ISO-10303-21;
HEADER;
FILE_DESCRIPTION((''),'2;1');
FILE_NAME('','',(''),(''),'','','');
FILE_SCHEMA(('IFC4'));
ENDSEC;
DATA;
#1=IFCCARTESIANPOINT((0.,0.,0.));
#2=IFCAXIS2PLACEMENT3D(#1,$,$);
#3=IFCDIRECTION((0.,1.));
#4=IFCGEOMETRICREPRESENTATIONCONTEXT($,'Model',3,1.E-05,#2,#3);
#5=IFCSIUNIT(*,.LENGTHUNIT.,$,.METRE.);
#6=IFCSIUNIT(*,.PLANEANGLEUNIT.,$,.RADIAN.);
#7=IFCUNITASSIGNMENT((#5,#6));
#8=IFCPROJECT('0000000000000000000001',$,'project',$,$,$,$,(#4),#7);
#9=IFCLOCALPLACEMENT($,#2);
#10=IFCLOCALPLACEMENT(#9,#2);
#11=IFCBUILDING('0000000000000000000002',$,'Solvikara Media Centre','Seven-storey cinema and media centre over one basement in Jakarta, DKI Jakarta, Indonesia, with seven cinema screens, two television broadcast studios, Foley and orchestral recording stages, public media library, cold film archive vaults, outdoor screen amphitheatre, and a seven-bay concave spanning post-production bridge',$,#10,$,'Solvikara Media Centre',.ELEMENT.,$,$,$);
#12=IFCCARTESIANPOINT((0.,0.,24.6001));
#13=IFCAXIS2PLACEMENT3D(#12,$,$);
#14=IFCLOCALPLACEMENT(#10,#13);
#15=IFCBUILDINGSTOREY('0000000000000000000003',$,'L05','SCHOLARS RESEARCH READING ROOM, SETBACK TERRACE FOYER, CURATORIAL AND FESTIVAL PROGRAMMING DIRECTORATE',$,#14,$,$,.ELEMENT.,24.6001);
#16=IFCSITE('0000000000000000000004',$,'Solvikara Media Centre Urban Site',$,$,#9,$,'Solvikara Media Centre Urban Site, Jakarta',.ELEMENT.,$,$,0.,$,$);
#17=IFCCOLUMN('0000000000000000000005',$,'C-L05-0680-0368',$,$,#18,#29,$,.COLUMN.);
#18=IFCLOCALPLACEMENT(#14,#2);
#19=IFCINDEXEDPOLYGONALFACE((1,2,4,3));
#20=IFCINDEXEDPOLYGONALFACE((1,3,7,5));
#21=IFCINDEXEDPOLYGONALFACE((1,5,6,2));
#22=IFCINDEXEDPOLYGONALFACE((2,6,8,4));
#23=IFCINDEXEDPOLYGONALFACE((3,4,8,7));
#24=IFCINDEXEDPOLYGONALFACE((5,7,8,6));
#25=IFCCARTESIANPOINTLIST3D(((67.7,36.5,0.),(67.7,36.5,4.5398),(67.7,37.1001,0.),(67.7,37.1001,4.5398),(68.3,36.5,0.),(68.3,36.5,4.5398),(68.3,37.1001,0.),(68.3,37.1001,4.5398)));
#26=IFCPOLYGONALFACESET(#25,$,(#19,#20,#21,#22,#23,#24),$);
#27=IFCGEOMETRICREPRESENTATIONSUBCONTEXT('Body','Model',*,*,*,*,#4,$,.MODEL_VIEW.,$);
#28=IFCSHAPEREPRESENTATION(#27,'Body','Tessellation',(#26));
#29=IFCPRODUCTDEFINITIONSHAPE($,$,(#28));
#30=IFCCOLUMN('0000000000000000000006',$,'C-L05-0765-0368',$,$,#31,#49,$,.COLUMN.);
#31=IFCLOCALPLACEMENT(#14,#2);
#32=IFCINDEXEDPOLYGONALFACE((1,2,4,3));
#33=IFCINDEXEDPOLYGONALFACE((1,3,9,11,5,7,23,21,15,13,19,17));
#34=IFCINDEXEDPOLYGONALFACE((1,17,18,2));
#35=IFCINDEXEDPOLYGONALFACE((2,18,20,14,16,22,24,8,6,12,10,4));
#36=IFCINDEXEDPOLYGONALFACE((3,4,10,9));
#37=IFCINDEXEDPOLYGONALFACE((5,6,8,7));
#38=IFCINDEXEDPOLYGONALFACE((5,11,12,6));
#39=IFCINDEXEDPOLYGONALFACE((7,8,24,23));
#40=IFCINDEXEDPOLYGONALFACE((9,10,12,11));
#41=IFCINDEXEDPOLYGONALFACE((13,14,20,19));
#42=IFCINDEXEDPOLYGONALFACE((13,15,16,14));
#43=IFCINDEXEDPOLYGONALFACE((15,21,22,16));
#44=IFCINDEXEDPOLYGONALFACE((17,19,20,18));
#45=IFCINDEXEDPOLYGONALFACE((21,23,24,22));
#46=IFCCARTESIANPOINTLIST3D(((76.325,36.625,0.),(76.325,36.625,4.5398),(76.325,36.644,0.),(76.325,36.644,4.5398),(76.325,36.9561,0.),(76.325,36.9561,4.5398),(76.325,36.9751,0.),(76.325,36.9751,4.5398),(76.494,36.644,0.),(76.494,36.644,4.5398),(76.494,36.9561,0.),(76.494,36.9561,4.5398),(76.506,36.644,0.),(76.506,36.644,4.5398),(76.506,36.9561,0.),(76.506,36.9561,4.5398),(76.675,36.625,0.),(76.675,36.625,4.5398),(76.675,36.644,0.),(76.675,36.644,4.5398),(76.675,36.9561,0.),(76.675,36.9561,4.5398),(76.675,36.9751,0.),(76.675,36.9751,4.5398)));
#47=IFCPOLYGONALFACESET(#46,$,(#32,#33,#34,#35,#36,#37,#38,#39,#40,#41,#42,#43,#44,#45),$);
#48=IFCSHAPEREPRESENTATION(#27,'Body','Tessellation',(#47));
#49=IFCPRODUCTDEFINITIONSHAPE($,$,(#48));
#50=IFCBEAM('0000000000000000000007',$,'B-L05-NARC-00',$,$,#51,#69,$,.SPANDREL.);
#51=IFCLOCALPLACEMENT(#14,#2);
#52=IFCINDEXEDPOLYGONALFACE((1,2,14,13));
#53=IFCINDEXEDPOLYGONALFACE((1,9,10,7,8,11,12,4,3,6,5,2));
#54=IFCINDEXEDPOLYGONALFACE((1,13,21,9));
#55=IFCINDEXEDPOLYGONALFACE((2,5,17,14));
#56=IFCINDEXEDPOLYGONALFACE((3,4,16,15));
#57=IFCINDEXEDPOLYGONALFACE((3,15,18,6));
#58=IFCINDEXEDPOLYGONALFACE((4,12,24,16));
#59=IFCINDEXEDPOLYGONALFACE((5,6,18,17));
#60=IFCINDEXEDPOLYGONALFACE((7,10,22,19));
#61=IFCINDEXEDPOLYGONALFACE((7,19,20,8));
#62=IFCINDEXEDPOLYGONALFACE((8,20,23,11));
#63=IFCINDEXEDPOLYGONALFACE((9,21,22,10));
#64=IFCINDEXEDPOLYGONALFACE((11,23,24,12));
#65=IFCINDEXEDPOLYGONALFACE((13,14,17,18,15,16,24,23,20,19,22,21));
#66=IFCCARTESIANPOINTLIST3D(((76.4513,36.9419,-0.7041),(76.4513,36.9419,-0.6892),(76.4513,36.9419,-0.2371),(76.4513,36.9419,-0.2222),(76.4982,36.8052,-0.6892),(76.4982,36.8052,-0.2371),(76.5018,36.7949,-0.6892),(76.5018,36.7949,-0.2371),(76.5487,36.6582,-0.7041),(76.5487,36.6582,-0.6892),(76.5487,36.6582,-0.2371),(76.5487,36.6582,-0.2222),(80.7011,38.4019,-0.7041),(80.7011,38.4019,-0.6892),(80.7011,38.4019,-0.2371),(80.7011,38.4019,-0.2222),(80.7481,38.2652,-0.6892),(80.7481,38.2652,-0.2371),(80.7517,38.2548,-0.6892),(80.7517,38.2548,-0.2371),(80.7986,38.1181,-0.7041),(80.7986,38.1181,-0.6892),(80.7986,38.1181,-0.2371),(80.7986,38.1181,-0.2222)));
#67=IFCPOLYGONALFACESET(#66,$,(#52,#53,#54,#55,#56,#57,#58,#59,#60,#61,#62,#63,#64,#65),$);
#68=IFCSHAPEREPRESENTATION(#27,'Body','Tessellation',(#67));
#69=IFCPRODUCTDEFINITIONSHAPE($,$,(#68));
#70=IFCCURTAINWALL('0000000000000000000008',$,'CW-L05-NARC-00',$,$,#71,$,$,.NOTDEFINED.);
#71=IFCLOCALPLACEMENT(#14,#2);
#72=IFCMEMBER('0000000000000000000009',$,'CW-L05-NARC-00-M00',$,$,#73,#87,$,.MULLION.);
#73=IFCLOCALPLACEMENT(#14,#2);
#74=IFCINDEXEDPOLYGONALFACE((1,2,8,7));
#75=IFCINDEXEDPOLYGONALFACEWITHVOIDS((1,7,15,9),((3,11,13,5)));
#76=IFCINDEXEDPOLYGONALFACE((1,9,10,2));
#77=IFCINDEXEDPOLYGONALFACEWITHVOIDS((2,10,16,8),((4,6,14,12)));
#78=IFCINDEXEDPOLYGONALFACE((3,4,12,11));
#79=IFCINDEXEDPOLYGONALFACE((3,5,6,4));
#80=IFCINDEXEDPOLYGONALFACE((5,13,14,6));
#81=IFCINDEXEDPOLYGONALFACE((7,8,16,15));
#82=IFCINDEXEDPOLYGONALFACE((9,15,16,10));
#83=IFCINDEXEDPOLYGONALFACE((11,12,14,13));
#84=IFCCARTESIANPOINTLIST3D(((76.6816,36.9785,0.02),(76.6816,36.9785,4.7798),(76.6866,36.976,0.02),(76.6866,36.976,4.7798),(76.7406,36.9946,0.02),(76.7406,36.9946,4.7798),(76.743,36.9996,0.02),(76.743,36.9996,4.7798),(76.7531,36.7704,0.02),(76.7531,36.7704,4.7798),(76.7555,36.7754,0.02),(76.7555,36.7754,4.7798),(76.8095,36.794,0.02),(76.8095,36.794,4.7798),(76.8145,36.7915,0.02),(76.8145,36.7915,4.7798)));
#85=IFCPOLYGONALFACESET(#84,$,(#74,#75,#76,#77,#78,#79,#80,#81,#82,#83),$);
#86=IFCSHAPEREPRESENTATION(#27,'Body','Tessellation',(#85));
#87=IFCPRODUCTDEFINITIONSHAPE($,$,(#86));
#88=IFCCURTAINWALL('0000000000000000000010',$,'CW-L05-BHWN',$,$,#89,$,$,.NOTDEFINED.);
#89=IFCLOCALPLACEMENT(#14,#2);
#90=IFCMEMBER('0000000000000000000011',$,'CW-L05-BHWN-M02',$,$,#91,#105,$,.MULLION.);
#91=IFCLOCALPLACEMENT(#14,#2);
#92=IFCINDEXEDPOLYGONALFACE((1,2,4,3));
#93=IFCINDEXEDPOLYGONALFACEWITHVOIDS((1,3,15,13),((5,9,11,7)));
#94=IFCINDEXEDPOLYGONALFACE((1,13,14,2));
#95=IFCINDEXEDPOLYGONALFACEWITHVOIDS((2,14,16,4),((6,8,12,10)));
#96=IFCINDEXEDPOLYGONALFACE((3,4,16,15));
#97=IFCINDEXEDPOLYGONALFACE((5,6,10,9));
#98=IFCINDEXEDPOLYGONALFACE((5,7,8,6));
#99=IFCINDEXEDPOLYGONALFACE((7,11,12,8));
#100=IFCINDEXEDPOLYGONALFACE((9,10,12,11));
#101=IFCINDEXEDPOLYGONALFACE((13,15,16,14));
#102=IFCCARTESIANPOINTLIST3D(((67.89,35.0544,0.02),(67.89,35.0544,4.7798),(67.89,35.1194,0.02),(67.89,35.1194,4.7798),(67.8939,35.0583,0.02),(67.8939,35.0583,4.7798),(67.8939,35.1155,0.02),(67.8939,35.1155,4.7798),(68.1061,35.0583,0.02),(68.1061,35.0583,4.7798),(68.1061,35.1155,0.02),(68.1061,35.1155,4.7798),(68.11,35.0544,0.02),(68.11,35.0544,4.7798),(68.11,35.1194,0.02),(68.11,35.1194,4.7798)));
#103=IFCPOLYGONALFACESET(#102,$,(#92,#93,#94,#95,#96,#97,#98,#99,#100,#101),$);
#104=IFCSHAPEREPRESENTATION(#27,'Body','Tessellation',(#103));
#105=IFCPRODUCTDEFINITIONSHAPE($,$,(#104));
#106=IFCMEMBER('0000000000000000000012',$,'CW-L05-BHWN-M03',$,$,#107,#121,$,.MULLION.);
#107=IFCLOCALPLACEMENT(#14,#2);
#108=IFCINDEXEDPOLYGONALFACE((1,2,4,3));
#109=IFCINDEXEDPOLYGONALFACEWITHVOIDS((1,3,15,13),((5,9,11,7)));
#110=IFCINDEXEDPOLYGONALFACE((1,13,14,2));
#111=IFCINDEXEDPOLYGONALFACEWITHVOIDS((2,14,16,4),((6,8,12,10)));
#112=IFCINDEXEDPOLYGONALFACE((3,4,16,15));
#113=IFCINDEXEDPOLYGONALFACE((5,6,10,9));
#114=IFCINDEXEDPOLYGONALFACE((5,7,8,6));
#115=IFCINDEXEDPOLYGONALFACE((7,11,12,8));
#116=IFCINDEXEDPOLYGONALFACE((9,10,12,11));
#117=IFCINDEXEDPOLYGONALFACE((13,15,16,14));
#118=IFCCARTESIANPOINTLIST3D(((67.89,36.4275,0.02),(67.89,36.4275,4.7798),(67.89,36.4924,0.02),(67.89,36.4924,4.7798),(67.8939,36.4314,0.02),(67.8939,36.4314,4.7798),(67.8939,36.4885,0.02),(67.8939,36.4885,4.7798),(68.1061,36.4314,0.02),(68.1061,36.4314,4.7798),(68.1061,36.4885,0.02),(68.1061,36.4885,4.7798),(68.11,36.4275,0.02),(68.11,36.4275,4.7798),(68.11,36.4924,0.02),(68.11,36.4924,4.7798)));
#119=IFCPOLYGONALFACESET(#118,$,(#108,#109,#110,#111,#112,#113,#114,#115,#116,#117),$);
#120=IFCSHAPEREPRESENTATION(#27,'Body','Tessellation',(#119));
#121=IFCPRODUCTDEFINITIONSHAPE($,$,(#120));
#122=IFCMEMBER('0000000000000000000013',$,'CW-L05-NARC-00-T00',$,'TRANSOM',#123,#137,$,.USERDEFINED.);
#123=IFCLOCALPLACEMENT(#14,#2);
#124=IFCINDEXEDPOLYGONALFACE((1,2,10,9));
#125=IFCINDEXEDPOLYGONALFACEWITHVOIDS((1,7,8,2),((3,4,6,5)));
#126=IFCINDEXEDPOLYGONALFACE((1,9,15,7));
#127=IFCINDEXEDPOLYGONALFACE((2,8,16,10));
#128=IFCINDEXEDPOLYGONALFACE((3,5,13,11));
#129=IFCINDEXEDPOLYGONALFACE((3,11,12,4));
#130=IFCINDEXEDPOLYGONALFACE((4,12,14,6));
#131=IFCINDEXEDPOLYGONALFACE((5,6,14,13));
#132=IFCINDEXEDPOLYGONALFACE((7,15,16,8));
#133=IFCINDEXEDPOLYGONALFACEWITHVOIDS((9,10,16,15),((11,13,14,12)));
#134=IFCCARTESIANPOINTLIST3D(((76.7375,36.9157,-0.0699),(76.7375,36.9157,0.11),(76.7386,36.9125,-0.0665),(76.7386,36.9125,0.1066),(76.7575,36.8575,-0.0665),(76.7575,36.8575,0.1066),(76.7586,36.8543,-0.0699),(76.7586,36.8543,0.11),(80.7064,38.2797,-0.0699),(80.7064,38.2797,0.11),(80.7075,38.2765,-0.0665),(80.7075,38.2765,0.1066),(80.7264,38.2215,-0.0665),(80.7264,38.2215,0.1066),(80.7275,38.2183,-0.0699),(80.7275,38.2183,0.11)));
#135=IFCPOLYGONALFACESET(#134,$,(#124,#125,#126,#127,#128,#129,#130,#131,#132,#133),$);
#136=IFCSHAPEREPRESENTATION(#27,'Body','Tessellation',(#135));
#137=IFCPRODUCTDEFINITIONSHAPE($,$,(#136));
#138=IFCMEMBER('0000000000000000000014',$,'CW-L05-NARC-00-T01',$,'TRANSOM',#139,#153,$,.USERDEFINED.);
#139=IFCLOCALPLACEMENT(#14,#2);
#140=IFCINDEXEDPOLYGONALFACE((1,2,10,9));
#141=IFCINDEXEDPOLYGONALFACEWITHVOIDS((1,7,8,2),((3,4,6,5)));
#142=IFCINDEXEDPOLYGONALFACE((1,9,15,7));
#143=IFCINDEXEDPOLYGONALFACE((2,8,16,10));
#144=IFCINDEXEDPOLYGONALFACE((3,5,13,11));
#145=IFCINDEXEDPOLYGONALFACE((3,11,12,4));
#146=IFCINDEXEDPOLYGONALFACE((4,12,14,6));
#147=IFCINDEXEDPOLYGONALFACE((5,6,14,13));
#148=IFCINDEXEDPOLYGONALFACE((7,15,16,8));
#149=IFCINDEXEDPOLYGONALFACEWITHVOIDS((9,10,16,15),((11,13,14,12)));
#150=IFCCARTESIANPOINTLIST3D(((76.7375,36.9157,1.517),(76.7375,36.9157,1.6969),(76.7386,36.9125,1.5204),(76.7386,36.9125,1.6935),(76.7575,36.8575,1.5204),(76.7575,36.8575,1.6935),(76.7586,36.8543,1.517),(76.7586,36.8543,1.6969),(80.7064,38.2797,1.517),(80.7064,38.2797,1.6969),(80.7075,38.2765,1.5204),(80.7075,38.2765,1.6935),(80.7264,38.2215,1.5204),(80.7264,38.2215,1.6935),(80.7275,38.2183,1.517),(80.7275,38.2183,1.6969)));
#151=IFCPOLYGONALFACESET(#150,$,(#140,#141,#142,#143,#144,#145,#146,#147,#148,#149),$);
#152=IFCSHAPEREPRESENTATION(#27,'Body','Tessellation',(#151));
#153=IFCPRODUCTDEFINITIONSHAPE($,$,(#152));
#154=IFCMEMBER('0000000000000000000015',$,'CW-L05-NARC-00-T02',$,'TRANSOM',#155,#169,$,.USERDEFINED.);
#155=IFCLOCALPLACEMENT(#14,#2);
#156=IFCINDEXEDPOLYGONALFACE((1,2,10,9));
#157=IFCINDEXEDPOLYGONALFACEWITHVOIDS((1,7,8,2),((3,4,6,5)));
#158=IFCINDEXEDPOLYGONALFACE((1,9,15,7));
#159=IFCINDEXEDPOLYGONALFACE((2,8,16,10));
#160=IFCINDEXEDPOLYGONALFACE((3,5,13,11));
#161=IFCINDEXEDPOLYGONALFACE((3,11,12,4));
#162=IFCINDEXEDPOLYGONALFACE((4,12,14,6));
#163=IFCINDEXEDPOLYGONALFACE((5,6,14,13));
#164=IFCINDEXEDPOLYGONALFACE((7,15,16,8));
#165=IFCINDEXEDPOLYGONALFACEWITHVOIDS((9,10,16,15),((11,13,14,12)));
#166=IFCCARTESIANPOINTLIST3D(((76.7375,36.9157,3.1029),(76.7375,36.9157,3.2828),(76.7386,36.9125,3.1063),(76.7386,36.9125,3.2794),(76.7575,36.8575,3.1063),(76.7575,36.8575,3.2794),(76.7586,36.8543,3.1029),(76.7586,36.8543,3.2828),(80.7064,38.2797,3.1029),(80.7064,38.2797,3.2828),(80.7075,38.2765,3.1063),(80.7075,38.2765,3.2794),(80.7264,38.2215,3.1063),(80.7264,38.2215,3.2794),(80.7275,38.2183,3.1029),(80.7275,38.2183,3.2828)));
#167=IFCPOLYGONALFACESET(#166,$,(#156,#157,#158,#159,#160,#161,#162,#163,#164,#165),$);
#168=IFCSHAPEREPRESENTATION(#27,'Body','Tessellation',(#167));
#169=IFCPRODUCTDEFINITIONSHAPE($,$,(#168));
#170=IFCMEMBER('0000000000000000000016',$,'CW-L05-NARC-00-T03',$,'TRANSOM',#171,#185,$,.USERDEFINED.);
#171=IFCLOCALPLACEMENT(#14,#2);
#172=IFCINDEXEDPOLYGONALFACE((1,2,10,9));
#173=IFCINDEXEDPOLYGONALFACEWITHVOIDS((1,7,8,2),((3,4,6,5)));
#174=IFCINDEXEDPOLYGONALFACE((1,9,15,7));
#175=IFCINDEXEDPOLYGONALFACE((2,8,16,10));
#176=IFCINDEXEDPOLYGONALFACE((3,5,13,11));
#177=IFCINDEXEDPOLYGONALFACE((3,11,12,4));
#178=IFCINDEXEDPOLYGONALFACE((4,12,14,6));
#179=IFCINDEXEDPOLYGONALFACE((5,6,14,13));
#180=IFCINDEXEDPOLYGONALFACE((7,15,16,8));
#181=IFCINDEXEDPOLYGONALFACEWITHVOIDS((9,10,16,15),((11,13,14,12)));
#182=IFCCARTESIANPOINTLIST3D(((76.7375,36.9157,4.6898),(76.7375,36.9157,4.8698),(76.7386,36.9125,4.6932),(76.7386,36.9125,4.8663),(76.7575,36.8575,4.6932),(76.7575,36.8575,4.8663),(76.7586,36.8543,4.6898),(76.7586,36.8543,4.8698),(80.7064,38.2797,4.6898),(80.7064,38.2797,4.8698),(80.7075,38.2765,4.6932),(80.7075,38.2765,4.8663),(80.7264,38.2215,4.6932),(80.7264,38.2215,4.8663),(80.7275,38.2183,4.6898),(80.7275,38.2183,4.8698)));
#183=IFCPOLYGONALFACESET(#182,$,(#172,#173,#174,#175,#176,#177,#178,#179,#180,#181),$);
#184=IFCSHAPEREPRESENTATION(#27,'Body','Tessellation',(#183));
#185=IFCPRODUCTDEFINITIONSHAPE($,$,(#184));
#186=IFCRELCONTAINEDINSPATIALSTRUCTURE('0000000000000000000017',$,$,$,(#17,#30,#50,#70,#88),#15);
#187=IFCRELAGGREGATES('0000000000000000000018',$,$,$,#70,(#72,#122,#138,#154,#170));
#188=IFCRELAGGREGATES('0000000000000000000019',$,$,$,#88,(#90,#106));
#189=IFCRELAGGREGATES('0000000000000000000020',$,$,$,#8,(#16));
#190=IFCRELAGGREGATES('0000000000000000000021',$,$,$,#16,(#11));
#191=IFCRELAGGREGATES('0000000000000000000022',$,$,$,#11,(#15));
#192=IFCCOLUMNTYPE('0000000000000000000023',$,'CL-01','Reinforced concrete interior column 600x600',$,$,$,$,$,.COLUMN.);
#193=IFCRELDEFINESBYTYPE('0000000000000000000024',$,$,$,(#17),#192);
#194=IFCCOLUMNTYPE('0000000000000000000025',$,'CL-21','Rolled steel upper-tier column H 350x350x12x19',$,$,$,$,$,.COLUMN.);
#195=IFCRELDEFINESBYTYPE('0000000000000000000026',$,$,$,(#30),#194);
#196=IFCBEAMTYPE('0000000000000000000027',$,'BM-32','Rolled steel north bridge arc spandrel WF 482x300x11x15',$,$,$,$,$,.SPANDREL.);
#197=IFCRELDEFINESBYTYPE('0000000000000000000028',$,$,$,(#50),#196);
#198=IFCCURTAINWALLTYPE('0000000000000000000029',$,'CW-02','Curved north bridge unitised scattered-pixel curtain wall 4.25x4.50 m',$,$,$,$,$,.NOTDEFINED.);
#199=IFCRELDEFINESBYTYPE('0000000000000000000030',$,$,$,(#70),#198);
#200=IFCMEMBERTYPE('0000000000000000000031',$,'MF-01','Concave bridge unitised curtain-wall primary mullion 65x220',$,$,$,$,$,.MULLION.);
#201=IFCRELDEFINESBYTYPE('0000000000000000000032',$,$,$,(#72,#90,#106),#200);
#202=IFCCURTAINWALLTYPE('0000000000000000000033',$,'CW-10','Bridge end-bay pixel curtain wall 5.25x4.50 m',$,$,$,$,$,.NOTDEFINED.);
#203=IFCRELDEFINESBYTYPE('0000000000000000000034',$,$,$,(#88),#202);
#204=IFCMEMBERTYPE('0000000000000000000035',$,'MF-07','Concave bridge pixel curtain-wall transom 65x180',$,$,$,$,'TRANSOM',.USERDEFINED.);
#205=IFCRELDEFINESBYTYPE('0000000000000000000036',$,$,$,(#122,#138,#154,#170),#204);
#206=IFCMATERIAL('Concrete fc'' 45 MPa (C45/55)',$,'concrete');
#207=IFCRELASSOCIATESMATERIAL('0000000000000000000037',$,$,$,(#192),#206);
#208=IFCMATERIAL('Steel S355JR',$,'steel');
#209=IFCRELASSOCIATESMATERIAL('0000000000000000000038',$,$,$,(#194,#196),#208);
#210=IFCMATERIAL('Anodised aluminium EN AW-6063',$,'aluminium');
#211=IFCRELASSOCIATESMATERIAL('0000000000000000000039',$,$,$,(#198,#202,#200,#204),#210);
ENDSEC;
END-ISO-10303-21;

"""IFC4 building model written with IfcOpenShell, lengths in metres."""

from ifc_helpers import new_model, si_unit, direction, frame, origin, origin_2d, place, context, subcontext, project, spatial, rectangle, hollow_rectangle, i_section, extrude, material, material_profile, profile_set, type_object, element, aggregate, save


model = new_model("IFC4")

# Units and contexts
model_context = context("Model", 3, precision=1e-05, world=origin(), true_north=direction((0.0, 1.0)))
body_context = subcontext(model_context, "Body", "Model", "MODEL_VIEW")
ifc_project = project(units=[si_unit("LENGTHUNIT", "METRE"), si_unit("PLANEANGLEUNIT", "RADIAN")], contexts=[model_context])

# Site, building, storey
site_placement = place(None, origin())
site = spatial("IfcSite", under=ifc_project, at=site_placement, Name="Solvikara Media Centre Urban Site", LongName="Solvikara Media Centre Urban Site, Jakarta", CompositionType="ELEMENT", RefElevation=0.0)
building_placement = place(site_placement, origin())
building = spatial("IfcBuilding", under=site, at=building_placement, Name="Solvikara Media Centre", Description="Seven-storey cinema and media centre over one basement in Jakarta, DKI Jakarta, Indonesia, with seven cinema screens, two television broadcast studios, Foley and orchestral recording stages, public media library, cold film archive vaults, outdoor screen amphitheatre, and a seven-bay concave spanning post-production bridge", LongName="Solvikara Media Centre", CompositionType="ELEMENT")
storey_placement = place(building_placement, frame((0.0, 0.0, 24.6001)))
storey = spatial("IfcBuildingStorey", under=building, at=storey_placement, Name="L05", Description="SCHOLARS RESEARCH READING ROOM, SETBACK TERRACE FOYER, CURATORIAL AND FESTIVAL PROGRAMMING DIRECTORATE", CompositionType="ELEMENT", Elevation=24.6001)

# Columns
ifc_material_1 = material(Name="Concrete fc' 45 MPa (C45/55)", Category="concrete")
ifc_material_profile_1 = material_profile(ifc_material_1, rectangle(XDim=0.6001, YDim=0.6001, at=origin_2d()), Name="RC 600x600")
ifc_profile_set_1 = profile_set([ifc_material_profile_1], Name="Concrete fc' 45 MPa (C45/55)")
column_type_1 = type_object("IfcColumnType", Name="CL-01", Description="Reinforced concrete interior column 600x600", PredefinedType="COLUMN", material=ifc_profile_set_1)
column_1_placement = place(storey_placement, frame((68.0, 36.8, 0.0), z_axis=(0.0, 0.0, 1.0), x_axis=(1.0, 0.0, 0.0)))
element("IfcColumn", 1, at=column_1_placement, inside=storey, type_object=column_type_1, Name="C-L05-0680-0368", PredefinedType="COLUMN", context=body_context, shape_type="SweptSolid", body=[
    extrude(rectangle(XDim=0.6001, YDim=0.6001, at=origin_2d()), origin(), (0.0, 0.0, 1.0), 4.5398),
])
ifc_material_2 = material(Name="Steel S355JR", Category="steel")
ifc_material_profile_2 = material_profile(ifc_material_2, i_section(OverallWidth=0.3501, OverallDepth=0.3501, WebThickness=0.012, FlangeThickness=0.019, at=origin_2d()), Name="H 350x350x12x19")
ifc_profile_set_2 = profile_set([ifc_material_profile_2], Name="Steel S355JR")
column_type_2 = type_object("IfcColumnType", Name="CL-21", Description="Rolled steel upper-tier column H 350x350x12x19", PredefinedType="COLUMN", material=ifc_profile_set_2)
column_2_placement = place(storey_placement, frame((76.5, 36.8, 0.0), z_axis=(0.0, 0.0, 1.0), x_axis=(1.0, 0.0, 0.0)))
element("IfcColumn", 2, at=column_2_placement, inside=storey, type_object=column_type_2, Name="C-L05-0765-0368", PredefinedType="COLUMN", context=body_context, shape_type="SweptSolid", body=[
    extrude(i_section(OverallWidth=0.3501, OverallDepth=0.3501, WebThickness=0.012, FlangeThickness=0.019, at=origin_2d()), origin(), (0.0, 0.0, 1.0), 4.5398),
])

# Beam
ifc_material_profile_3 = material_profile(ifc_material_2, i_section(OverallWidth=0.3, OverallDepth=0.4819, WebThickness=0.011, FlangeThickness=0.0149, at=origin_2d()), Name="WF 482x300x11x15")
ifc_profile_set_3 = profile_set([ifc_material_profile_3], Name="Steel S355JR")
beam_type = type_object("IfcBeamType", Name="BM-32", Description="Rolled steel north bridge arc spandrel WF 482x300x11x15", PredefinedType="SPANDREL", material=ifc_profile_set_3)
beam_placement = place(storey_placement, frame((76.5, 36.8, -0.4631), z_axis=(0.945753, 0.324885, 0.0), x_axis=(-0.324885, 0.945753, 0.0)))
element("IfcBeam", 3, at=beam_placement, inside=storey, type_object=beam_type, Name="B-L05-NARC-00", PredefinedType="SPANDREL", context=body_context, shape_type="SweptSolid", body=[
    extrude(i_section(OverallWidth=0.3, OverallDepth=0.4819, WebThickness=0.011, FlangeThickness=0.0149, at=origin_2d()), origin(), (0.0, 0.0, 1.0), 4.4937),
])

# Curtain wall, member
ifc_material_3 = material(Name="Anodised aluminium EN AW-6063", Category="aluminium")
curtain_wall_type_1 = type_object("IfcCurtainWallType", Name="CW-02", Description="Curved north bridge unitised scattered-pixel curtain wall 4.25x4.50 m", PredefinedType="NOTDEFINED", material=ifc_material_3)
curtain_wall_1_placement = place(storey_placement, origin())
curtain_wall_1 = element("IfcCurtainWall", 4, at=curtain_wall_1_placement, inside=storey, type_object=curtain_wall_type_1, Name="CW-L05-NARC-00", PredefinedType="NOTDEFINED")
ifc_material_profile_4 = material_profile(ifc_material_3, hollow_rectangle(XDim=0.0649, YDim=0.22, WallThickness=0.0039, at=origin_2d()), Name="ALU-M 65x220x4")
ifc_profile_set_4 = profile_set([ifc_material_profile_4], Name="Anodised aluminium EN AW-6063")
member_type_1 = type_object("IfcMemberType", Name="MF-01", Description="Concave bridge unitised curtain-wall primary mullion 65x220", PredefinedType="MULLION", material=ifc_profile_set_4)
member_1_placement = place(storey_placement, frame((76.748, 36.885, 0.02), z_axis=(0.0, 0.0, 1.0), x_axis=(0.945712, 0.325007, 0.0)))
member_1 = element("IfcMember", 5, at=member_1_placement, type_object=member_type_1, Name="CW-L05-NARC-00-M00", PredefinedType="MULLION", context=body_context, shape_type="SweptSolid", body=[
    extrude(hollow_rectangle(XDim=0.0649, YDim=0.22, WallThickness=0.0039, at=origin_2d()), origin(), (0.0, 0.0, 1.0), 4.7598),
])

# Curtain wall, members
curtain_wall_type_2 = type_object("IfcCurtainWallType", Name="CW-10", Description="Bridge end-bay pixel curtain wall 5.25x4.50 m", PredefinedType="NOTDEFINED", material=ifc_material_3)
curtain_wall_2_placement = place(storey_placement, origin())
curtain_wall_2 = element("IfcCurtainWall", 6, at=curtain_wall_2_placement, inside=storey, type_object=curtain_wall_type_2, Name="CW-L05-BHWN", PredefinedType="NOTDEFINED")
member_2_placement = place(storey_placement, frame((68.0, 35.0869, 0.02), z_axis=(0.0, 0.0, 1.0), x_axis=(0.0, 1.0, 0.0)))
member_2 = element("IfcMember", 7, at=member_2_placement, type_object=member_type_1, Name="CW-L05-BHWN-M02", PredefinedType="MULLION", context=body_context, shape_type="SweptSolid", body=[
    extrude(hollow_rectangle(XDim=0.0649, YDim=0.22, WallThickness=0.0039, at=origin_2d()), origin(), (0.0, 0.0, 1.0), 4.7598),
])
member_3_placement = place(storey_placement, frame((68.0, 36.46, 0.02), z_axis=(0.0, 0.0, 1.0), x_axis=(0.0, 1.0, 0.0)))
member_3 = element("IfcMember", 8, at=member_3_placement, type_object=member_type_1, Name="CW-L05-BHWN-M03", PredefinedType="MULLION", context=body_context, shape_type="SweptSolid", body=[
    extrude(hollow_rectangle(XDim=0.0649, YDim=0.22, WallThickness=0.0039, at=origin_2d()), origin(), (0.0, 0.0, 1.0), 4.7598),
])

# Members
ifc_material_profile_5 = material_profile(ifc_material_3, hollow_rectangle(XDim=0.0649, YDim=0.1799, WallThickness=0.0034, at=origin_2d()), Name="ALU-T 65x180x3.5")
ifc_profile_set_5 = profile_set([ifc_material_profile_5], Name="Anodised aluminium EN AW-6063")
member_type_2 = type_object("IfcMemberType", Name="MF-07", Description="Concave bridge pixel curtain-wall transom 65x180", ElementType="TRANSOM", PredefinedType="USERDEFINED", material=ifc_profile_set_5)
member_4_placement = place(storey_placement, frame((76.748, 36.885, 0.02), z_axis=(0.945711, 0.32501, 0.0), x_axis=(-0.32501, 0.945711, 0.0)))
member_4 = element("IfcMember", 9, at=member_4_placement, type_object=member_type_2, Name="CW-L05-NARC-00-T00", ObjectType="TRANSOM", PredefinedType="USERDEFINED", context=body_context, shape_type="SweptSolid", body=[
    extrude(hollow_rectangle(XDim=0.0649, YDim=0.1799, WallThickness=0.0034, at=origin_2d()), origin(), (0.0, 0.0, 1.0), 4.1968),
])
member_5_placement = place(storey_placement, frame((76.748, 36.885, 1.6069), z_axis=(0.945711, 0.32501, 0.0), x_axis=(-0.32501, 0.945711, 0.0)))
member_5 = element("IfcMember", 10, at=member_5_placement, type_object=member_type_2, Name="CW-L05-NARC-00-T01", ObjectType="TRANSOM", PredefinedType="USERDEFINED", context=body_context, shape_type="SweptSolid", body=[
    extrude(hollow_rectangle(XDim=0.0649, YDim=0.1799, WallThickness=0.0034, at=origin_2d()), origin(), (0.0, 0.0, 1.0), 4.1968),
])
member_6_placement = place(storey_placement, frame((76.748, 36.885, 3.1929), z_axis=(0.945711, 0.32501, 0.0), x_axis=(-0.32501, 0.945711, 0.0)))
member_6 = element("IfcMember", 11, at=member_6_placement, type_object=member_type_2, Name="CW-L05-NARC-00-T02", ObjectType="TRANSOM", PredefinedType="USERDEFINED", context=body_context, shape_type="SweptSolid", body=[
    extrude(hollow_rectangle(XDim=0.0649, YDim=0.1799, WallThickness=0.0034, at=origin_2d()), origin(), (0.0, 0.0, 1.0), 4.1968),
])
member_7_placement = place(storey_placement, frame((76.748, 36.885, 4.7798), z_axis=(0.945711, 0.32501, 0.0), x_axis=(-0.32501, 0.945711, 0.0)))
member_7 = element("IfcMember", 12, at=member_7_placement, type_object=member_type_2, Name="CW-L05-NARC-00-T03", ObjectType="TRANSOM", PredefinedType="USERDEFINED", context=body_context, shape_type="SweptSolid", body=[
    extrude(hollow_rectangle(XDim=0.0649, YDim=0.1799, WallThickness=0.0034, at=origin_2d()), origin(), (0.0, 0.0, 1.0), 4.1968),
])

aggregate(curtain_wall_1, [member_1, member_4, member_5, member_6, member_7])
aggregate(curtain_wall_2, [member_2, member_3])

save(model, "model.ifc")
